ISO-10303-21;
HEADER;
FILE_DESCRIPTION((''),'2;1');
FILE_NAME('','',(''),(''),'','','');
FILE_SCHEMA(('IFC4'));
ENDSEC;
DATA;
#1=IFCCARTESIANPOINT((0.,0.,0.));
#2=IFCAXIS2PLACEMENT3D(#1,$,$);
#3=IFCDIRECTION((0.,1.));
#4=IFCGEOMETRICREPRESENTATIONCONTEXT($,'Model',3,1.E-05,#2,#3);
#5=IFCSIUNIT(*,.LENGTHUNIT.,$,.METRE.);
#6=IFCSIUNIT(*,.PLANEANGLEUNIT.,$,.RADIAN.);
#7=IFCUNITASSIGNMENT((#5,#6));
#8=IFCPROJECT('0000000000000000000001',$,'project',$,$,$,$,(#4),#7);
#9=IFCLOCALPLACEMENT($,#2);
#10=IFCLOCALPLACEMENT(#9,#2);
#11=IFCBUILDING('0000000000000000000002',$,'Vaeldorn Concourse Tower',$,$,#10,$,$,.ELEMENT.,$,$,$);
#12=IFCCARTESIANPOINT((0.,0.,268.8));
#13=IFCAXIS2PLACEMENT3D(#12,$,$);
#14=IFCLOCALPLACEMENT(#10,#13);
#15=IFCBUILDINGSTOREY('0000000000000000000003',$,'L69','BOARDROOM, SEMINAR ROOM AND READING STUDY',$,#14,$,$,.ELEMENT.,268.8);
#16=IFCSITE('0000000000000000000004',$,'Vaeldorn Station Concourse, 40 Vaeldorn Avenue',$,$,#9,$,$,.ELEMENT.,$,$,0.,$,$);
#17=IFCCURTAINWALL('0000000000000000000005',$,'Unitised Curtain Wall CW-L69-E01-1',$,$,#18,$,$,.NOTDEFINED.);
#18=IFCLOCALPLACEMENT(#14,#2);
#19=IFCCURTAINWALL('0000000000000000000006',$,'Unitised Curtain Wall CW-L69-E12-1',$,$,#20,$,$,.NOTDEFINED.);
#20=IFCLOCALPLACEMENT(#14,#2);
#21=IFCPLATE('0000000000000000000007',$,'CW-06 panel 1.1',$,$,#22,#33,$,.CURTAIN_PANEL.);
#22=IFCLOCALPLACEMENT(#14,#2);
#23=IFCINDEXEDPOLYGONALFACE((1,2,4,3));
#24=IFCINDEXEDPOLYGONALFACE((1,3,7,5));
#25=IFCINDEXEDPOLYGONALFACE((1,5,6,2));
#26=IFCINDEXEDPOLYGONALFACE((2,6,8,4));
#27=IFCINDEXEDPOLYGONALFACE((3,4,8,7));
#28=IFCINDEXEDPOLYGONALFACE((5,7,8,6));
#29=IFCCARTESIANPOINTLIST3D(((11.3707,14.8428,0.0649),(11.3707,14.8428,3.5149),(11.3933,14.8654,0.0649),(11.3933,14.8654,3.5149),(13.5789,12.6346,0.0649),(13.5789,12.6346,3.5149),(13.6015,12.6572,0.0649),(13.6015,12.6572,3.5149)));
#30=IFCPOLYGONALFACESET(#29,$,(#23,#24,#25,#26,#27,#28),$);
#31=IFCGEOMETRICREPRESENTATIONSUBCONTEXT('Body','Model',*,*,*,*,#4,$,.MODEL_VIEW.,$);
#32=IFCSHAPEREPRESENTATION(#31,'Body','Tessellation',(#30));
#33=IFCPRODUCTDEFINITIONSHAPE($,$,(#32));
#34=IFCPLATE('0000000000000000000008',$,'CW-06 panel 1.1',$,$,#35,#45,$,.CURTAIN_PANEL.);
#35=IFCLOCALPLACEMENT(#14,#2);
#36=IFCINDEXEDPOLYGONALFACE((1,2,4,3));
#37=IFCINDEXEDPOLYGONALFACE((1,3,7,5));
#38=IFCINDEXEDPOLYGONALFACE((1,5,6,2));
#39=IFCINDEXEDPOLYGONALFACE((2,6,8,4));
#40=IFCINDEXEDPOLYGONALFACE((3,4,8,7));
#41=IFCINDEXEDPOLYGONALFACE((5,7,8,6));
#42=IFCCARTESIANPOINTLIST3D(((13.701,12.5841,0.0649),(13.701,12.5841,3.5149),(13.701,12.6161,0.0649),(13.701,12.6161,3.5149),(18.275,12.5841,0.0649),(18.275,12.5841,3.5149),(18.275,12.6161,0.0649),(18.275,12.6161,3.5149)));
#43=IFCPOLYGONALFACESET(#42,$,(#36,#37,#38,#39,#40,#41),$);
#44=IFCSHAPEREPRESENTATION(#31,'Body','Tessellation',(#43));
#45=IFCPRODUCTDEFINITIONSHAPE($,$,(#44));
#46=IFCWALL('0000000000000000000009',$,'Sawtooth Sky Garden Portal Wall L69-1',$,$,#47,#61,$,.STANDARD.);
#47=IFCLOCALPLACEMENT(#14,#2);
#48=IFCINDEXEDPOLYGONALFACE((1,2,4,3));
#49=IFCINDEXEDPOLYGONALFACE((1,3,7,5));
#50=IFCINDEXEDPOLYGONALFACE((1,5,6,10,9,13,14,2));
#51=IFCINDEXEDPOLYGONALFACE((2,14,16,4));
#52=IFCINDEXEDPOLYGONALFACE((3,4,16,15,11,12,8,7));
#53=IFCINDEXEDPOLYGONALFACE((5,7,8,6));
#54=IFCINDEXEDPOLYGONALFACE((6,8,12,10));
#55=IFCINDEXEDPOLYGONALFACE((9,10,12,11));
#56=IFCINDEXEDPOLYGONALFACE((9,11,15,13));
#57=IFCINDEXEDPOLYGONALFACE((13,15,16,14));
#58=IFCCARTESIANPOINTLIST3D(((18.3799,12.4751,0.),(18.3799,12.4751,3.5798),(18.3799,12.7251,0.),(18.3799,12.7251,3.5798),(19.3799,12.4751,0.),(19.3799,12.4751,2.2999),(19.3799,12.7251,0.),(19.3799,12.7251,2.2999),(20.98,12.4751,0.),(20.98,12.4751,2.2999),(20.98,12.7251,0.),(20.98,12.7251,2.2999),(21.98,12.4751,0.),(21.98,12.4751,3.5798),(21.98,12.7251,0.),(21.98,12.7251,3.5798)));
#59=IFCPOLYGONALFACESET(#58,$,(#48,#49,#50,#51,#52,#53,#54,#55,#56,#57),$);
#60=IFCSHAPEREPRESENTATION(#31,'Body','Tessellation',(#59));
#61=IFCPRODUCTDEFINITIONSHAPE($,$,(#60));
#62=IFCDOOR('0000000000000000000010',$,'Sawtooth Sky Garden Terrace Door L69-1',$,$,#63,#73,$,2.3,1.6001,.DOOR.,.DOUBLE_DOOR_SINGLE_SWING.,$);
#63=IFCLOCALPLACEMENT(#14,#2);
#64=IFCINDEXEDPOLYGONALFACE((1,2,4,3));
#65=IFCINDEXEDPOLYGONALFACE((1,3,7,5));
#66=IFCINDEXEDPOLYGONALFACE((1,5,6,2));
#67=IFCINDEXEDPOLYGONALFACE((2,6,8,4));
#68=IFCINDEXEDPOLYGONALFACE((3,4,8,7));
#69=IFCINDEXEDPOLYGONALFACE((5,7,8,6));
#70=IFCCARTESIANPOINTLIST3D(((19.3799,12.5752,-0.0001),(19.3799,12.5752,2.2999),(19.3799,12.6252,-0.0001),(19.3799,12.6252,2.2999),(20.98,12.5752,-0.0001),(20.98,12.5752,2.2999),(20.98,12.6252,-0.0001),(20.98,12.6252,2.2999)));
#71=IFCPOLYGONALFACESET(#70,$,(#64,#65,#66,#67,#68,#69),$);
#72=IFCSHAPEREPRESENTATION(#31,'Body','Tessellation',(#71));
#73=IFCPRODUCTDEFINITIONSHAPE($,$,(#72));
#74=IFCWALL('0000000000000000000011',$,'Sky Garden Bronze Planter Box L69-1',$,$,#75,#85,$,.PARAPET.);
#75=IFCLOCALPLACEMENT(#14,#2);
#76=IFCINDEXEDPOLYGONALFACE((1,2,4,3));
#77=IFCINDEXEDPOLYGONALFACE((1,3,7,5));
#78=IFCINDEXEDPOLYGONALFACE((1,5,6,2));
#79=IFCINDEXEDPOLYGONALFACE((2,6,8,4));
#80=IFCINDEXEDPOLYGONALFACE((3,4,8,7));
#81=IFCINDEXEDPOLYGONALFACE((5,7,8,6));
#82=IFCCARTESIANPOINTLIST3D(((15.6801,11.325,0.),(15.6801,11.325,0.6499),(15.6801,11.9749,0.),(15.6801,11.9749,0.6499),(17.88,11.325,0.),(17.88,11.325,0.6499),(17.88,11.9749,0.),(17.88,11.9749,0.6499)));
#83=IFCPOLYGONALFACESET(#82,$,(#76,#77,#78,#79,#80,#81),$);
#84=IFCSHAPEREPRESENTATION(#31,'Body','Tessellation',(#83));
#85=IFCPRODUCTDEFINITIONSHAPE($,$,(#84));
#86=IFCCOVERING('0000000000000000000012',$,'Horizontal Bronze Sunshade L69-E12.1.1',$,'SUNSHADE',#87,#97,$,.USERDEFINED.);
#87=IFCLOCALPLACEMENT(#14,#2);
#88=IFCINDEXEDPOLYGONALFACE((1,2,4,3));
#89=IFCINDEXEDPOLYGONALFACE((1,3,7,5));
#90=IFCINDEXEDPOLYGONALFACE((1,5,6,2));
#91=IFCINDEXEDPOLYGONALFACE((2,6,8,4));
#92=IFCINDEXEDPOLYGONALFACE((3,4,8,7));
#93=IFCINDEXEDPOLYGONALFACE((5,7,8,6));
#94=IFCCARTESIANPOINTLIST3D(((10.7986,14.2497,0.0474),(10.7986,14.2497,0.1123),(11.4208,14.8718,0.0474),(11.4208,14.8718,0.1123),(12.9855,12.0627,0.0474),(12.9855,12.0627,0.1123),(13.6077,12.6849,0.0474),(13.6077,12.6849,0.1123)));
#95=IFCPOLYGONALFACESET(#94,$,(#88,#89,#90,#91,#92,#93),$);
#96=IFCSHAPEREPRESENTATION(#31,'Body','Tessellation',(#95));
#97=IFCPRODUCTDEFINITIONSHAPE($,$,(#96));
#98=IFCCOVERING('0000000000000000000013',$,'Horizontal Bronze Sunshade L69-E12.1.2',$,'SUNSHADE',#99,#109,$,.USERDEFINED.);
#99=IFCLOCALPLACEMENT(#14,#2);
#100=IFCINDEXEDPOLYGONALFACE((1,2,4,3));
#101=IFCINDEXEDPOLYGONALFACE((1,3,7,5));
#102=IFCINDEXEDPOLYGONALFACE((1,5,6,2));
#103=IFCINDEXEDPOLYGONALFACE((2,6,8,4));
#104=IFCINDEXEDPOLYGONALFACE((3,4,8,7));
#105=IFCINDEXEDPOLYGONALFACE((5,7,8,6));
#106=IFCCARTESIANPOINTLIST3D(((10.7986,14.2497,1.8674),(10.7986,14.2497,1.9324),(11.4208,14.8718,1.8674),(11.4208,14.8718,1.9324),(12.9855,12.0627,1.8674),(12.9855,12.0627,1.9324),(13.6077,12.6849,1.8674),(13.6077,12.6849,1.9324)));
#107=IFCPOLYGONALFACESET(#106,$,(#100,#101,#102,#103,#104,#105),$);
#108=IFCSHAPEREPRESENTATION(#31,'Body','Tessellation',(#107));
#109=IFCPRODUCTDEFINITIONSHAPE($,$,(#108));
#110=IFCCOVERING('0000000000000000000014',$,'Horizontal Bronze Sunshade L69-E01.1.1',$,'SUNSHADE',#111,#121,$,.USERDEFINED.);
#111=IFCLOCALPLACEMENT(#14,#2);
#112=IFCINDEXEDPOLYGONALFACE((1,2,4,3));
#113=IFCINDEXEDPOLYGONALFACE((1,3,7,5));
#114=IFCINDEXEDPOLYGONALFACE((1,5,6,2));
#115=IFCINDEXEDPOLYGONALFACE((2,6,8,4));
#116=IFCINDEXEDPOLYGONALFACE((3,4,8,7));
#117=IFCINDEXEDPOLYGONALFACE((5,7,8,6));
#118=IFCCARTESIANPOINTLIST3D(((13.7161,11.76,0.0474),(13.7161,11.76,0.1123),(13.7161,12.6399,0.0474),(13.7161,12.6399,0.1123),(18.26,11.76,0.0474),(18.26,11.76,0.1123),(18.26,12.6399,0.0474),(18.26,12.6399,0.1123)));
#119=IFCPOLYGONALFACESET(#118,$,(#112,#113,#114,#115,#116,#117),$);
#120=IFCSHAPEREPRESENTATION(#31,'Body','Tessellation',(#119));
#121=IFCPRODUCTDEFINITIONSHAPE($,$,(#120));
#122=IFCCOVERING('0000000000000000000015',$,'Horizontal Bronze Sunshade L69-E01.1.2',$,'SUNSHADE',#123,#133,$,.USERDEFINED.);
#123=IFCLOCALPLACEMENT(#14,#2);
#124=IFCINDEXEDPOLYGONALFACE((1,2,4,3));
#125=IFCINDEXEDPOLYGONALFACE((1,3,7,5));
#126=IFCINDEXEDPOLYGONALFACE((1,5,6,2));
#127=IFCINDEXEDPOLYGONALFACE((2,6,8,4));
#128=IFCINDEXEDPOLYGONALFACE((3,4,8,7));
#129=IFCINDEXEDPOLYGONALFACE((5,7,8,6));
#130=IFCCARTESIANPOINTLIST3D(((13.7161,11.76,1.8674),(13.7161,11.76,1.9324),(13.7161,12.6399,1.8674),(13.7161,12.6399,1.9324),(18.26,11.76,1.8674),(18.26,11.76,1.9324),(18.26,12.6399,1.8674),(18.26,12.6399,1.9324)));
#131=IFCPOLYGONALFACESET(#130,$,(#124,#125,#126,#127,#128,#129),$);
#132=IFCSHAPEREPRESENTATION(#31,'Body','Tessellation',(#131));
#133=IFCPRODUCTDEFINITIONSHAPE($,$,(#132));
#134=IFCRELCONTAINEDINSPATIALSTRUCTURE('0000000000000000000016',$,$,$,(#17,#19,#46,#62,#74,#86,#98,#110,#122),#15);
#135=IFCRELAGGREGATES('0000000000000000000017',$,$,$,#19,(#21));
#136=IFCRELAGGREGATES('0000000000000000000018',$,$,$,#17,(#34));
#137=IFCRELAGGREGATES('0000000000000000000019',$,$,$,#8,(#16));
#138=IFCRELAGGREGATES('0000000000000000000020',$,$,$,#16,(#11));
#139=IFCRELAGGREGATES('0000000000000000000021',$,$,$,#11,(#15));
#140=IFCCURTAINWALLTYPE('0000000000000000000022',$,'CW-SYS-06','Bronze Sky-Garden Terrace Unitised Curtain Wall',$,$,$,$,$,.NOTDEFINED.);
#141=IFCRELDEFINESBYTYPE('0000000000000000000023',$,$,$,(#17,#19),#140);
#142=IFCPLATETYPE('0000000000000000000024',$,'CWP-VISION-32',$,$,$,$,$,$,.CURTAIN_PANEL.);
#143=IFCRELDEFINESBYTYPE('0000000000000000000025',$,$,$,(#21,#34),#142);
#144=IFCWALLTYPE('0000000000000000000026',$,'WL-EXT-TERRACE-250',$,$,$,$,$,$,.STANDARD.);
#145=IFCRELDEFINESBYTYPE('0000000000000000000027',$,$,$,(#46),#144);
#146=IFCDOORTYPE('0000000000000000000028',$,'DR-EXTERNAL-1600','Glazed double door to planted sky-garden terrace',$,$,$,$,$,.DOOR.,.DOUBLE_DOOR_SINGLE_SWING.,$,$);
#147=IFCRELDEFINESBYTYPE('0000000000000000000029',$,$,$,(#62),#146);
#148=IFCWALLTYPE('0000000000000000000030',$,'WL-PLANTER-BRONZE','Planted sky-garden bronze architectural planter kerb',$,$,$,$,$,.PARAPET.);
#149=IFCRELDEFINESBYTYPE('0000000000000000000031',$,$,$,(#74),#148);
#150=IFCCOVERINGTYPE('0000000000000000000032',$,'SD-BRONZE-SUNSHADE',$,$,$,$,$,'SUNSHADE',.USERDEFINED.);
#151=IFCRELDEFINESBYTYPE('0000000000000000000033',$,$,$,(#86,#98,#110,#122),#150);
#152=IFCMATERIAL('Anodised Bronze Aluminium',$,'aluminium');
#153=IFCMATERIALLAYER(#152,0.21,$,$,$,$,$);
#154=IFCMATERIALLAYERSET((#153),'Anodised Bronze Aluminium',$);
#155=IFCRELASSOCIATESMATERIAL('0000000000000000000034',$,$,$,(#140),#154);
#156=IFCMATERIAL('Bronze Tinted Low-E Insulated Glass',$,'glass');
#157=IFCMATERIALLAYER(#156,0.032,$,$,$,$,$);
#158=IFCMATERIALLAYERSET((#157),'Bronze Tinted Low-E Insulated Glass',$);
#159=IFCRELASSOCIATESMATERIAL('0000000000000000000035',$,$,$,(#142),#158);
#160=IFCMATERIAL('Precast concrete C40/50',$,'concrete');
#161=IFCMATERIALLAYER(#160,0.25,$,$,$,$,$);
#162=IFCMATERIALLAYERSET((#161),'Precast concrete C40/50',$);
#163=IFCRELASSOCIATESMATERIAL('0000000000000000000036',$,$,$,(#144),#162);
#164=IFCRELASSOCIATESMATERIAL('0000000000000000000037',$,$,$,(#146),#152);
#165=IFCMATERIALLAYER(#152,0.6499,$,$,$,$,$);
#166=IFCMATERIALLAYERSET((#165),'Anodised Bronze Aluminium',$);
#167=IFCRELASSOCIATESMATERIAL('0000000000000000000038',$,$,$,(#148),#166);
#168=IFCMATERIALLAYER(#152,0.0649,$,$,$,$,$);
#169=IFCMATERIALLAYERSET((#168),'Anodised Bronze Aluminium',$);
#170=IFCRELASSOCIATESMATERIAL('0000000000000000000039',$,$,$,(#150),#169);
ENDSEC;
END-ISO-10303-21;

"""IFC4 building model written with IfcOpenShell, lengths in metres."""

from ifc_helpers import new_model, si_unit, direction, frame, frame_2d, origin, origin_2d, place, context, subcontext, project, spatial, rectangle, extrude, source, transform, mapped, material, layer, layer_set, type_object, element, fill, aggregate, save


model = new_model("IFC4")

# Units and contexts
model_context = context("Model", 3, precision=1e-05, world=origin(), true_north=direction((0.0, 1.0)))
body_context = subcontext(model_context, "Body", "Model", "MODEL_VIEW")
ifc_project = project(units=[si_unit("LENGTHUNIT", "METRE"), si_unit("PLANEANGLEUNIT", "RADIAN")], contexts=[model_context])

# Site, building, storey
site_placement = place(None, origin())
site = spatial("IfcSite", under=ifc_project, at=site_placement, Name="Vaeldorn Station Concourse, 40 Vaeldorn Avenue", CompositionType="ELEMENT", RefElevation=0.0)
building_placement = place(site_placement, origin())
building = spatial("IfcBuilding", under=site, at=building_placement, Name="Vaeldorn Concourse Tower", CompositionType="ELEMENT")
storey_placement = place(building_placement, frame((0.0, 0.0, 268.8)))
storey = spatial("IfcBuildingStorey", under=building, at=storey_placement, Name="L69", Description="BOARDROOM, SEMINAR ROOM AND READING STUDY", CompositionType="ELEMENT", Elevation=268.8)

# Curtain wall
ifc_material_1 = material(Name="Anodised Bronze Aluminium", Category="aluminium")
ifc_layer_1 = layer(ifc_material_1, 0.21)
ifc_layer_set_1 = layer_set([ifc_layer_1], Name="Anodised Bronze Aluminium")
curtain_wall_type = type_object("IfcCurtainWallType", Name="CW-SYS-06", Description="Bronze Sky-Garden Terrace Unitised Curtain Wall", PredefinedType="NOTDEFINED", material=ifc_layer_set_1)
curtain_wall_1_placement = place(storey_placement, origin())
curtain_wall_1 = element("IfcCurtainWall", 1, at=curtain_wall_1_placement, inside=storey, type_object=curtain_wall_type, Name="Unitised Curtain Wall CW-L69-E01-1", PredefinedType="NOTDEFINED")

# Curtain wall
curtain_wall_2_placement = place(storey_placement, origin())
curtain_wall_2 = element("IfcCurtainWall", 2, at=curtain_wall_2_placement, inside=storey, type_object=curtain_wall_type, Name="Unitised Curtain Wall CW-L69-E12-1", PredefinedType="NOTDEFINED")

# Plates
ifc_material_2 = material(Name="Bronze Tinted Low-E Insulated Glass", Category="glass")
ifc_layer_2 = layer(ifc_material_2, 0.032)
ifc_layer_set_2 = layer_set([ifc_layer_2], Name="Bronze Tinted Low-E Insulated Glass")
plate_type = type_object("IfcPlateType", Name="CWP-VISION-32", PredefinedType="CURTAIN_PANEL", material=ifc_layer_set_2)
shared_shape_1 = source(origin(), body_context, "Body", "SweptSolid", [
    extrude(rectangle(XDim=3.1228, YDim=0.032, at=origin_2d()), origin(), (0.0, 0.0, 1.0), 3.45),
])
plate_1_placement = place(storey_placement, frame((12.4861, 13.75, 0.0649), z_axis=(0.0, 0.0, 1.0), x_axis=(0.707107, -0.707107, 0.0)))
plate_1 = element("IfcPlate", 3, at=plate_1_placement, type_object=plate_type, Name="CW-06 panel 1.1", PredefinedType="CURTAIN_PANEL", context=body_context, shape_type="MappedRepresentation", body=[
    mapped(shared_shape_1, transform((0.0, 0.0, 0.0), scale=1.0)),
])
aggregate(curtain_wall_2, [plate_1])
shared_shape_2 = source(origin(), body_context, "Body", "SweptSolid", [
    extrude(rectangle(XDim=4.574, YDim=0.032, at=origin_2d()), origin(), (0.0, 0.0, 1.0), 3.45),
])
plate_2_placement = place(storey_placement, frame((15.988, 12.6001, 0.0649), z_axis=(0.0, 0.0, 1.0), x_axis=(1.0, 0.0, 0.0)))
plate_2 = element("IfcPlate", 4, at=plate_2_placement, type_object=plate_type, Name="CW-06 panel 1.1", PredefinedType="CURTAIN_PANEL", context=body_context, shape_type="MappedRepresentation", body=[
    mapped(shared_shape_2, transform((0.0, 0.0, 0.0), scale=1.0)),
])
aggregate(curtain_wall_1, [plate_2])

# Wall, opening, door
ifc_material_3 = material(Name="Precast concrete C40/50", Category="concrete")
ifc_layer_3 = layer(ifc_material_3, 0.25)
ifc_layer_set_3 = layer_set([ifc_layer_3], Name="Precast concrete C40/50")
wall_type_1 = type_object("IfcWallType", Name="WL-EXT-TERRACE-250", PredefinedType="STANDARD", material=ifc_layer_set_3)
wall_1_placement = place(storey_placement, frame((21.98, 12.6001, 0.0), z_axis=(0.0, 0.0, 1.0), x_axis=(-1.0, 0.0, 0.0)))
wall_1 = element("IfcWall", 5, at=wall_1_placement, inside=storey, type_object=wall_type_1, Name="Sawtooth Sky Garden Portal Wall L69-1", PredefinedType="STANDARD", context=body_context, shape_type="SweptSolid", body=[
    extrude(rectangle(XDim=3.6001, YDim=0.25, at=frame_2d((1.8, 0.0))), origin(), (0.0, 0.0, 1.0), 3.5798),
])
opening_placement = place(wall_1_placement, frame((1.0, 0.0, 0.0)))
opening = element("IfcOpeningElement", 6, at=opening_placement, cuts=wall_1, PredefinedType="OPENING", context=body_context, shape_type="SweptSolid", body=[
    extrude(rectangle(XDim=1.6001, YDim=2.3, at=frame_2d((0.8, 1.1499))), frame((0.0, 0.135, 0.0), z_axis=(0.0, -1.0, 0.0), x_axis=(1.0, 0.0, 0.0)), (0.0, 0.0, 1.0), 0.27),
])
door_type = type_object("IfcDoorType", Name="DR-EXTERNAL-1600", Description="Glazed double door to planted sky-garden terrace", OperationType="DOUBLE_DOOR_SINGLE_SWING", PredefinedType="DOOR", material=ifc_material_1)
shared_shape_3 = source(origin(), body_context, "Body", "SweptSolid", [
    extrude(rectangle(XDim=1.6001, YDim=2.3, at=frame_2d((0.8, 1.1499))), frame((0.0, 0.0249, 0.0), z_axis=(0.0, -1.0, 0.0), x_axis=(1.0, 0.0, 0.0)), (0.0, 0.0, 1.0), 0.05),
])
door_placement = place(opening_placement, origin())
door = element("IfcDoor", 7, at=door_placement, inside=storey, type_object=door_type, Name="Sawtooth Sky Garden Terrace Door L69-1", OperationType="DOUBLE_DOOR_SINGLE_SWING", OverallHeight=2.3, OverallWidth=1.6001, PredefinedType="DOOR", context=body_context, shape_type="MappedRepresentation", body=[
    mapped(shared_shape_3, transform((0.0, 0.0, 0.0), scale=1.0)),
])
fill(opening, door)

# Wall
ifc_layer_4 = layer(ifc_material_1, 0.6499)
ifc_layer_set_4 = layer_set([ifc_layer_4], Name="Anodised Bronze Aluminium")
wall_type_2 = type_object("IfcWallType", Name="WL-PLANTER-BRONZE", Description="Planted sky-garden bronze architectural planter kerb", PredefinedType="PARAPET", material=ifc_layer_set_4)
wall_2_placement = place(storey_placement, frame((15.6799, 11.6499, 0.0), z_axis=(0.0, 0.0, 1.0), x_axis=(1.0, 0.0, 0.0)))
element("IfcWall", 8, at=wall_2_placement, inside=storey, type_object=wall_type_2, Name="Sky Garden Bronze Planter Box L69-1", PredefinedType="PARAPET", context=body_context, shape_type="SweptSolid", body=[
    extrude(rectangle(XDim=2.2, YDim=0.6499, at=frame_2d((1.1001, 0.0))), origin(), (0.0, 0.0, 1.0), 0.6499),
])

# Coverings
ifc_layer_5 = layer(ifc_material_1, 0.0649)
ifc_layer_set_5 = layer_set([ifc_layer_5], Name="Anodised Bronze Aluminium")
covering_type = type_object("IfcCoveringType", Name="SD-BRONZE-SUNSHADE", ElementType="SUNSHADE", PredefinedType="USERDEFINED", material=ifc_layer_set_5)
shared_shape_4 = source(origin(), body_context, "Body", "SweptSolid", [
    extrude(rectangle(XDim=3.0928, YDim=0.8799, at=origin_2d()), origin(), (0.0, 0.0, 1.0), 0.0649),
])
for number, where, z_axis, x_axis, name in (
    (9, (12.2031, 13.4673, 0.0474), (0.0, 0.0, 1.0), (0.707107, -0.707107, 0.0), "Horizontal Bronze Sunshade L69-E12.1.1"),
    (10, (12.2031, 13.4673, 1.8674), (0.0, 0.0, 1.0), (0.707107, -0.707107, 0.0), "Horizontal Bronze Sunshade L69-E12.1.2"),
):
    element("IfcCovering", number, at=place(storey_placement, frame(where, z_axis=z_axis, x_axis=x_axis)), inside=storey, type_object=covering_type, Name=name, ObjectType="SUNSHADE", PredefinedType="USERDEFINED", context=body_context, shape_type="MappedRepresentation", body=[
        mapped(shared_shape_4, transform((0.0, 0.0, 0.0), scale=1.0)),
    ])
shared_shape_5 = source(origin(), body_context, "Body", "SweptSolid", [
    extrude(rectangle(XDim=4.5439, YDim=0.8799, at=origin_2d()), origin(), (0.0, 0.0, 1.0), 0.0649),
])
for number, where, z_axis, x_axis, name in (
    (11, (15.988, 12.2, 0.0474), (0.0, 0.0, 1.0), (1.0, 0.0, 0.0), "Horizontal Bronze Sunshade L69-E01.1.1"),
    (12, (15.988, 12.2, 1.8674), (0.0, 0.0, 1.0), (1.0, 0.0, 0.0), "Horizontal Bronze Sunshade L69-E01.1.2"),
):
    element("IfcCovering", number, at=place(storey_placement, frame(where, z_axis=z_axis, x_axis=x_axis)), inside=storey, type_object=covering_type, Name=name, ObjectType="SUNSHADE", PredefinedType="USERDEFINED", context=body_context, shape_type="MappedRepresentation", body=[
        mapped(shared_shape_5, transform((0.0, 0.0, 0.0), scale=1.0)),
    ])

save(model, "model.ifc")
